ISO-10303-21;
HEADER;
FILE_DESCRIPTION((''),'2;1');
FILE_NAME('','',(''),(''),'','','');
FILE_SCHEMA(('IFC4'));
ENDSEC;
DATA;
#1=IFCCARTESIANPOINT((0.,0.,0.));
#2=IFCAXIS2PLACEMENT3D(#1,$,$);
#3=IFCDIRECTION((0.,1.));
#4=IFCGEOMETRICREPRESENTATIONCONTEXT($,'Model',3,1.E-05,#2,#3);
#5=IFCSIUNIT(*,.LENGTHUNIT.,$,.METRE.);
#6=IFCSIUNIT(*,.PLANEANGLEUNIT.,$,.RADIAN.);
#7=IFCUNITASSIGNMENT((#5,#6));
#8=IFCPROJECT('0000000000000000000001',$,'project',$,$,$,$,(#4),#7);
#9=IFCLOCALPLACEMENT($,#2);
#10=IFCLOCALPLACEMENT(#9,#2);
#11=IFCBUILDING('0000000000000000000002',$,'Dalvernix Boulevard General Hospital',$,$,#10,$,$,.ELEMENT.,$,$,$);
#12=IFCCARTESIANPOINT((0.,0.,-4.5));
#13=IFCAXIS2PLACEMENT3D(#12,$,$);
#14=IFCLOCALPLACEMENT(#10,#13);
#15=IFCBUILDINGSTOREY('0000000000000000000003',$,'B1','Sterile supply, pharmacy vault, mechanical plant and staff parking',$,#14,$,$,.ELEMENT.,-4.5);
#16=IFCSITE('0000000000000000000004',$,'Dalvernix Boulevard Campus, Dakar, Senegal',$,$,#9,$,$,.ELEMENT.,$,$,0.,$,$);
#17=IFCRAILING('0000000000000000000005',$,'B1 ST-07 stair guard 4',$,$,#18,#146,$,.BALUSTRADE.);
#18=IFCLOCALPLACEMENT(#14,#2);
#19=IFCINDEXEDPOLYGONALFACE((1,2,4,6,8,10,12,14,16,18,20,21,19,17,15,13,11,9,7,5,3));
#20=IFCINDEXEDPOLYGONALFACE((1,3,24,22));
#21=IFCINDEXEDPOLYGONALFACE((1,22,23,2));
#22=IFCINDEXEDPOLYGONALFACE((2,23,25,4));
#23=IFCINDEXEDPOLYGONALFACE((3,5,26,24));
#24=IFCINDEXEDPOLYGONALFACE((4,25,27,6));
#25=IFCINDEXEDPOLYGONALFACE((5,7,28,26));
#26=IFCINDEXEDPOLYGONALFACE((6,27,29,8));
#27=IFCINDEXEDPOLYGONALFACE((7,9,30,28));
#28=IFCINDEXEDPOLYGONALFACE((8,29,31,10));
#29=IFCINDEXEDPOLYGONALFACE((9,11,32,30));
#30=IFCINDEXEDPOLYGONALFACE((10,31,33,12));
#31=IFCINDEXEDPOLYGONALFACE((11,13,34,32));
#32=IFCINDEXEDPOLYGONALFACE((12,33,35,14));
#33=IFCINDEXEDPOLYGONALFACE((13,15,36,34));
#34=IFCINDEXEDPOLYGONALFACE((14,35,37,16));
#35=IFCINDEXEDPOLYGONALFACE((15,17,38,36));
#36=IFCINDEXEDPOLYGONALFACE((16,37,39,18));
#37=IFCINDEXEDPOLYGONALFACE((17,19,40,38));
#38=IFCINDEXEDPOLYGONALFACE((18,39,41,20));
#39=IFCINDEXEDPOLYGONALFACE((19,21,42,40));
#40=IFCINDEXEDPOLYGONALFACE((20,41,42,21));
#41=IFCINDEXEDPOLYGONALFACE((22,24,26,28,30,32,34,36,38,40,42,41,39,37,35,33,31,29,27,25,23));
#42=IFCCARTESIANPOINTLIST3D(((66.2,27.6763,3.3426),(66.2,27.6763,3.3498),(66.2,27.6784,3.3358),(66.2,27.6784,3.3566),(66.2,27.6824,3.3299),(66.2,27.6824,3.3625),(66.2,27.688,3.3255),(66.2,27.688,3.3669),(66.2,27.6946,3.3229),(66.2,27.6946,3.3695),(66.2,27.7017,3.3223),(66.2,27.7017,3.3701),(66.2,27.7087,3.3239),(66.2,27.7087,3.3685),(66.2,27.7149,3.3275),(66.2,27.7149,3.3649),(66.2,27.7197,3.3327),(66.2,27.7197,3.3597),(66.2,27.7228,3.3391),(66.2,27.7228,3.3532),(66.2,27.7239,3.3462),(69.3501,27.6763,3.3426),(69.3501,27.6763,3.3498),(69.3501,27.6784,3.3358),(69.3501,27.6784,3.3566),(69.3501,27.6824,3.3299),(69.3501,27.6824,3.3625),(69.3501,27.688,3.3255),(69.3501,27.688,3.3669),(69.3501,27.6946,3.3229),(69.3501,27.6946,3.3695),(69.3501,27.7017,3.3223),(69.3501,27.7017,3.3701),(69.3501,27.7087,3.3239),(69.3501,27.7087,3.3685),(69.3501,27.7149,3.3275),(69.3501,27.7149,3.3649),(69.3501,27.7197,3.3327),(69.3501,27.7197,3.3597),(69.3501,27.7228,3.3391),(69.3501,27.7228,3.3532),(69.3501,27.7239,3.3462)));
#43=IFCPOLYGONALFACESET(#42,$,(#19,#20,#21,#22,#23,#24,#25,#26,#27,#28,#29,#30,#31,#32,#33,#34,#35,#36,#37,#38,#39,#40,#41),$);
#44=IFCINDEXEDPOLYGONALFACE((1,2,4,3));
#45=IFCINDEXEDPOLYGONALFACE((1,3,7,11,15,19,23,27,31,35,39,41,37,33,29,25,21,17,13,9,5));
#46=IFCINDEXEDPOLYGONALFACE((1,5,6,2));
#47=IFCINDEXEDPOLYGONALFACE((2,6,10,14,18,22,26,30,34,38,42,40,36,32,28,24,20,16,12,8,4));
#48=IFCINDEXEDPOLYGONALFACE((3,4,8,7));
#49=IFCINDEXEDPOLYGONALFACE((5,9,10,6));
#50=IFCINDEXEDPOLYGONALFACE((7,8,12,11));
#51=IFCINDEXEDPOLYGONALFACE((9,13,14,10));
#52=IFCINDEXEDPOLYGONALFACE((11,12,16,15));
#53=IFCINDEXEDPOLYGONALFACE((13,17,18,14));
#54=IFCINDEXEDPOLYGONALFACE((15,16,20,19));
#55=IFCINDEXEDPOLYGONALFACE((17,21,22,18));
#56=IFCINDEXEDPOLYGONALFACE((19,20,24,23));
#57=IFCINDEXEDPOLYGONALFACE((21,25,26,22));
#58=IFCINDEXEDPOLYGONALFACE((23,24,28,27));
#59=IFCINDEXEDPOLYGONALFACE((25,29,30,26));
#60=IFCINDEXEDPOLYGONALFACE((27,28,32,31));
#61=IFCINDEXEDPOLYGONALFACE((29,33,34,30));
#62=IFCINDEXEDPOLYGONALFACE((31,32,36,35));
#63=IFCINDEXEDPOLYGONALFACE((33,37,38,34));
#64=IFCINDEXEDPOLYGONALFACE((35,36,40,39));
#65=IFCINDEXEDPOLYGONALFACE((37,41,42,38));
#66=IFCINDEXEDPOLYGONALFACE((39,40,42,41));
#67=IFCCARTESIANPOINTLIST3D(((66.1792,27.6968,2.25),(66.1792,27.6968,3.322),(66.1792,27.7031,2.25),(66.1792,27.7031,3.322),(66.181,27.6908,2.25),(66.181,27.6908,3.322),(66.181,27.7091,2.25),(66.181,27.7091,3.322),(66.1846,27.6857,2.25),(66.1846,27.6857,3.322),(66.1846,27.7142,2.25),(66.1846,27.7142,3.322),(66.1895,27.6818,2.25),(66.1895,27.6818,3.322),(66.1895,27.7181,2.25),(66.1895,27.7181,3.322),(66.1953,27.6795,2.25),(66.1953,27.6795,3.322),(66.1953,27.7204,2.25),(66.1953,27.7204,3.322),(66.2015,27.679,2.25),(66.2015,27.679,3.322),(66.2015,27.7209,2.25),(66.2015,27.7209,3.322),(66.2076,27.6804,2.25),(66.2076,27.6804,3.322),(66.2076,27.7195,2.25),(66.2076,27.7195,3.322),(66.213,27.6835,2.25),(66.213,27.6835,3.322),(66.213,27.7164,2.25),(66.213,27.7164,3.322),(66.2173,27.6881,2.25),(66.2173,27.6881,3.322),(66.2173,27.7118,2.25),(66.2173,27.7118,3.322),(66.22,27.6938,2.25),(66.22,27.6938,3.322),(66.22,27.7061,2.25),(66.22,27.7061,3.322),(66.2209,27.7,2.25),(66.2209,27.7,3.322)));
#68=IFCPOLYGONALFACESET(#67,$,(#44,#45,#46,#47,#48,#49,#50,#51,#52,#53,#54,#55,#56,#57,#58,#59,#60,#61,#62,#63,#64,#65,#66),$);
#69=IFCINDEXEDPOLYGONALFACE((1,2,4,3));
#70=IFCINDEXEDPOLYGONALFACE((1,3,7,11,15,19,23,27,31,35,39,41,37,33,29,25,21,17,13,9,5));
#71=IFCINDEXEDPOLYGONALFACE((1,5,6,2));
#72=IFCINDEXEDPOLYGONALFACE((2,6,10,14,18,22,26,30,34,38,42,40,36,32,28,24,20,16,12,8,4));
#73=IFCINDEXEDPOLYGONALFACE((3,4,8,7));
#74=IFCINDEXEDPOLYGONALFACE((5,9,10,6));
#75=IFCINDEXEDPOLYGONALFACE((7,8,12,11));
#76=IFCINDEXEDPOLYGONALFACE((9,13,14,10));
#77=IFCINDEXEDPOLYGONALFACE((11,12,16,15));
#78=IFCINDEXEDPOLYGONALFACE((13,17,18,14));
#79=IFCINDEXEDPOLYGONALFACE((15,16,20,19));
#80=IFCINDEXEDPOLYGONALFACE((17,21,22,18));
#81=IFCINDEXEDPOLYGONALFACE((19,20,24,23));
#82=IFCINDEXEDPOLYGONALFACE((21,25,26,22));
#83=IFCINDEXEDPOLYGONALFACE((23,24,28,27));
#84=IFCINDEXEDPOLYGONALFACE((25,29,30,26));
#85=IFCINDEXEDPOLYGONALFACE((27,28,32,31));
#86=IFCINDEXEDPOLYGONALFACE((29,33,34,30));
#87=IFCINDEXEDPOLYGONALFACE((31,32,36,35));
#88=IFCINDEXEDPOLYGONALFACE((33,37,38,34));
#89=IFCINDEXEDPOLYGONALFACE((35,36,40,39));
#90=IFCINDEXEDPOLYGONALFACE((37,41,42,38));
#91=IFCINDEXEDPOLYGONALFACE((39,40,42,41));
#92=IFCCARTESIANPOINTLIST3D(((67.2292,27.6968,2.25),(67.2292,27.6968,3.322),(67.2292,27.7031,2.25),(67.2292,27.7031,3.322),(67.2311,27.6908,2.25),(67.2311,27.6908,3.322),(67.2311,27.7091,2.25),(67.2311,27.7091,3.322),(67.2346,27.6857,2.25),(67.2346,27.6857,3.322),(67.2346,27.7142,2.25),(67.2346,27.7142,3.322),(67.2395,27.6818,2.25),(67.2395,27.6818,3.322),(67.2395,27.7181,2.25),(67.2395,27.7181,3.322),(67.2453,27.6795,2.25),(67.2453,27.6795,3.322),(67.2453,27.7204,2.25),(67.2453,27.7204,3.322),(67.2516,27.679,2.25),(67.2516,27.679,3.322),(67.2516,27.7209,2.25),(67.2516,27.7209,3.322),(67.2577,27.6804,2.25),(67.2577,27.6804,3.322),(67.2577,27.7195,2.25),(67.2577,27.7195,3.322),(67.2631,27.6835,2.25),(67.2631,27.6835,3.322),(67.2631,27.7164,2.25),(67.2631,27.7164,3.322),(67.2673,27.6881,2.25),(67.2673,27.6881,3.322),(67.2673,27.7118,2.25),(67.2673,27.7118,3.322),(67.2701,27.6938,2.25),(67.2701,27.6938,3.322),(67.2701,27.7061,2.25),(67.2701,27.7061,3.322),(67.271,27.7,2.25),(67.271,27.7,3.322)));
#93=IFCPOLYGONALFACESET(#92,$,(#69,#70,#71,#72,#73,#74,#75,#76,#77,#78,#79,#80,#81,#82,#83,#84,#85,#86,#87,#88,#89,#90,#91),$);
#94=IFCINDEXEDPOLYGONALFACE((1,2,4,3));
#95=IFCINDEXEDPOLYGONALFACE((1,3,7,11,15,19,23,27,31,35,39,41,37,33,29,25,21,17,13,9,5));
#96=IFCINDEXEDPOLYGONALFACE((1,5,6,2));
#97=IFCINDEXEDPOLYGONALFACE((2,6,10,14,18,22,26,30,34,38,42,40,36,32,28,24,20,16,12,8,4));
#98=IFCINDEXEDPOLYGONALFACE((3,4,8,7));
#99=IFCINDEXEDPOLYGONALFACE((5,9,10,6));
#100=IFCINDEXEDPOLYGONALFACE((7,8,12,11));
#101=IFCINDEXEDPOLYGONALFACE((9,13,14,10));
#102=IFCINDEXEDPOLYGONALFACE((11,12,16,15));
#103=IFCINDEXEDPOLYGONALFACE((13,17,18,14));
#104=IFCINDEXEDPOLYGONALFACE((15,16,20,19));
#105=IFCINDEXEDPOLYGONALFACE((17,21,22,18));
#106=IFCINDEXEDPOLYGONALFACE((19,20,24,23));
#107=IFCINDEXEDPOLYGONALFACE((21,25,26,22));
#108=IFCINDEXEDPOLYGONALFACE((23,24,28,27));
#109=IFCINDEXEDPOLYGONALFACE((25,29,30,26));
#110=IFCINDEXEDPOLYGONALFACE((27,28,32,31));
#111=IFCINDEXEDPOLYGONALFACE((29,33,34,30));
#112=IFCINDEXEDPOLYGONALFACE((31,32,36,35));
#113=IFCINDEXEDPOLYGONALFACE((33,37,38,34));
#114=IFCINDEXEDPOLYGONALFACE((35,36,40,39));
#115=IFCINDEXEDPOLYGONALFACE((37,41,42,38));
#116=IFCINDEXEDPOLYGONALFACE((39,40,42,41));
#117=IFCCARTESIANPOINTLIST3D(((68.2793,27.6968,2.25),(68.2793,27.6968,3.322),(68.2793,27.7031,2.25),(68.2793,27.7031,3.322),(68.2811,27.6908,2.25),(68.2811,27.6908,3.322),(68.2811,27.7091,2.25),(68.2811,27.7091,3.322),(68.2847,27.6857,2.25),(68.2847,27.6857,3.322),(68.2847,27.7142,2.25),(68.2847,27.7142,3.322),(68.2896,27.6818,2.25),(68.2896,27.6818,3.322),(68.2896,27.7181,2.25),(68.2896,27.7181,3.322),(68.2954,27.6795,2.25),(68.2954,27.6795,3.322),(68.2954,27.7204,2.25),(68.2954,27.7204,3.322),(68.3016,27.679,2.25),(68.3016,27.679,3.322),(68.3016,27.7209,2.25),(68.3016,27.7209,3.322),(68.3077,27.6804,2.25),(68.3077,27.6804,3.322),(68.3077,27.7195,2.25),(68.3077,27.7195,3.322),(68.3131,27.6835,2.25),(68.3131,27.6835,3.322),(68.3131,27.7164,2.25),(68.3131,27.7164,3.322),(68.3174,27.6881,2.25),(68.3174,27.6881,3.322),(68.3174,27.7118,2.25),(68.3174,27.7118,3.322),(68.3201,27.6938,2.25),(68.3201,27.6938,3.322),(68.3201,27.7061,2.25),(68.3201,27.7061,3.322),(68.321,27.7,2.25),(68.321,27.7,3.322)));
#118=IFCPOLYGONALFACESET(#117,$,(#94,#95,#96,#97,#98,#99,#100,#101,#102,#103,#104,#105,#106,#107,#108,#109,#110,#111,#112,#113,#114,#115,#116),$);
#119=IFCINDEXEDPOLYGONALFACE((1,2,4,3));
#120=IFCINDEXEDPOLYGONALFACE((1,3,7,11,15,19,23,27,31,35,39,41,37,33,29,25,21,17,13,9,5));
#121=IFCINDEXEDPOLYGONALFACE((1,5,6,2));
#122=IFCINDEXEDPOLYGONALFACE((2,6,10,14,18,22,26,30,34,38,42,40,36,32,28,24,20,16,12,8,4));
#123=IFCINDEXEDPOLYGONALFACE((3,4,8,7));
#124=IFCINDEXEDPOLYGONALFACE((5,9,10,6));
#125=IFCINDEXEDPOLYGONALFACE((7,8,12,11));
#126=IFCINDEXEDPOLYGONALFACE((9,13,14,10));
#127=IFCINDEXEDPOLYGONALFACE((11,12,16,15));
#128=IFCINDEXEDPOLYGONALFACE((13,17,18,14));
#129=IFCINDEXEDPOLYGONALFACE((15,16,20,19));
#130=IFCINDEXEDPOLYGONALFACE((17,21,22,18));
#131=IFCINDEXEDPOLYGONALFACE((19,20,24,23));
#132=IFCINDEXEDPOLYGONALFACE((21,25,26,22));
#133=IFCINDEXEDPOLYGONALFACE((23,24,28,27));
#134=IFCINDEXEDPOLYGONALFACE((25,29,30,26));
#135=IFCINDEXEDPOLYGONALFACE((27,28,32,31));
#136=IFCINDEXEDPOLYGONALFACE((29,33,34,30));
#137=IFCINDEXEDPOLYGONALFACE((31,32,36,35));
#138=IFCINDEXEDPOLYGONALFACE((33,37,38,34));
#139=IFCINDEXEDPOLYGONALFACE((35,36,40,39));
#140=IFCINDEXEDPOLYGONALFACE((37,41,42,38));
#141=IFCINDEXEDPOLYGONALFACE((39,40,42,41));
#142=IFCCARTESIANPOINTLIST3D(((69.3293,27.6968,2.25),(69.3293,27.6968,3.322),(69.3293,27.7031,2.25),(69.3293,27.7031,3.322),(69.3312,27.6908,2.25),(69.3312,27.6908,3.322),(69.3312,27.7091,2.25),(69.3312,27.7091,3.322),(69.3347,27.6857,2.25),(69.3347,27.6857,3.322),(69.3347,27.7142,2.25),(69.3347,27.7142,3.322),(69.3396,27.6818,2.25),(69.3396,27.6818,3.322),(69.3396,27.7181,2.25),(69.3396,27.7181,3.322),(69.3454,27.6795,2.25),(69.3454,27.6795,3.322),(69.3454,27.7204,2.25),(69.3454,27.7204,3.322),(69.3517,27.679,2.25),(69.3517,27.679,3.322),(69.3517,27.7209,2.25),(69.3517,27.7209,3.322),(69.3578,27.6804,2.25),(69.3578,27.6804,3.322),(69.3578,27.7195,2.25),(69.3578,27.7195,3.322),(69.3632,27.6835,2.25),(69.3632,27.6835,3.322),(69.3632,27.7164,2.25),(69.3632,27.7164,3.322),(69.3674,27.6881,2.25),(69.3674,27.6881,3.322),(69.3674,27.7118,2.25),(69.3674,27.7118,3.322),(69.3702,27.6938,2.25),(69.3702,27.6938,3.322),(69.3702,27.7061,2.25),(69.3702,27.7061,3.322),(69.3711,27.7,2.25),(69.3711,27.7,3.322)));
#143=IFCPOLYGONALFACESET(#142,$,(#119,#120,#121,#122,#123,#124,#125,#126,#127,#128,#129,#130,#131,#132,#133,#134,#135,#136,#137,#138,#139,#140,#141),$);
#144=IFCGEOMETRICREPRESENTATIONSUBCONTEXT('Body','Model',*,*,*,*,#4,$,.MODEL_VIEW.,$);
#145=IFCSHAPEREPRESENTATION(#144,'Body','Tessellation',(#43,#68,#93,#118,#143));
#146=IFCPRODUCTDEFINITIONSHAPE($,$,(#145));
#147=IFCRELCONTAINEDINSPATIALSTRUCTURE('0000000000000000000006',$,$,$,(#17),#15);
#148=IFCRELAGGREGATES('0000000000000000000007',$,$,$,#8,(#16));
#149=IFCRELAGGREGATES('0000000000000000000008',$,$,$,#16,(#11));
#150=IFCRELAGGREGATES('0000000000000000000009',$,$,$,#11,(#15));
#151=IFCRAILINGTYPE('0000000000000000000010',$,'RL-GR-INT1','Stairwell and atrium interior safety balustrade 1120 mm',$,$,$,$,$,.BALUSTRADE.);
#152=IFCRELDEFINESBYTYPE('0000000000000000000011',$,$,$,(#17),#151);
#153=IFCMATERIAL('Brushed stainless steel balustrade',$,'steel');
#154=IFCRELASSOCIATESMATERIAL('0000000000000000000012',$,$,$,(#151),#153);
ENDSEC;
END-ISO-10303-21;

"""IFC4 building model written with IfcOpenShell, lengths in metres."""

from ifc_helpers import new_model, si_unit, direction, frame, origin, origin_2d, place, context, subcontext, project, spatial, circle, extrude, material, type_object, element, save


model = new_model("IFC4")

# Units and contexts
model_context = context("Model", 3, precision=1e-05, world=origin(), true_north=direction((0.0, 1.0)))
body_context = subcontext(model_context, "Body", "Model", "MODEL_VIEW")
ifc_project = project(units=[si_unit("LENGTHUNIT", "METRE"), si_unit("PLANEANGLEUNIT", "RADIAN")], contexts=[model_context])

# Site, building, storey
site_placement = place(None, origin())
site = spatial("IfcSite", under=ifc_project, at=site_placement, Name="Dalvernix Boulevard Campus, Dakar, Senegal", CompositionType="ELEMENT", RefElevation=0.0)
building_placement = place(site_placement, origin())
building = spatial("IfcBuilding", under=site, at=building_placement, Name="Dalvernix Boulevard General Hospital", CompositionType="ELEMENT")
storey_placement = place(building_placement, frame((0.0, 0.0, -4.5)))
storey = spatial("IfcBuildingStorey", under=building, at=storey_placement, Name="B1", Description="Sterile supply, pharmacy vault, mechanical plant and staff parking", CompositionType="ELEMENT", Elevation=-4.5)

# Railing
ifc_material_1 = material(Name="Brushed stainless steel balustrade", Category="steel")
railing_type_1 = type_object("IfcRailingType", Name="RL-GR-INT1", Description="Stairwell and atrium interior safety balustrade 1120 mm", PredefinedType="BALUSTRADE", material=ifc_material_1)
for number, where, name in (
    (1, (66.2, 27.7, 2.25), "B1 ST-07 stair guard 4"),
):
    element("IfcRailing", number, at=place(storey_placement, frame(where)), inside=storey, type_object=railing_type_1, Name=name, PredefinedType="BALUSTRADE", context=body_context, shape_type="SweptSolid", body=[
        extrude(circle(Radius=0.0239, at=origin_2d()), frame((0.0, 0.0, 1.0962), z_axis=(1.0, 0.0, 0.0), x_axis=(0.0, 1.0, 0.0)), (0.0, 0.0, 1.0), 3.1501),
        extrude(circle(Radius=0.021, at=origin_2d()), origin(), (0.0, 0.0, 1.0), 1.072),
        extrude(circle(Radius=0.021, at=origin_2d()), frame((1.05, 0.0, 0.0)), (0.0, 0.0, 1.0), 1.072),
        extrude(circle(Radius=0.021, at=origin_2d()), frame((2.1001, 0.0, 0.0)), (0.0, 0.0, 1.0), 1.072),
        extrude(circle(Radius=0.021, at=origin_2d()), frame((3.1501, 0.0, 0.0)), (0.0, 0.0, 1.0), 1.072),
    ])

save(model, "model.ifc")
